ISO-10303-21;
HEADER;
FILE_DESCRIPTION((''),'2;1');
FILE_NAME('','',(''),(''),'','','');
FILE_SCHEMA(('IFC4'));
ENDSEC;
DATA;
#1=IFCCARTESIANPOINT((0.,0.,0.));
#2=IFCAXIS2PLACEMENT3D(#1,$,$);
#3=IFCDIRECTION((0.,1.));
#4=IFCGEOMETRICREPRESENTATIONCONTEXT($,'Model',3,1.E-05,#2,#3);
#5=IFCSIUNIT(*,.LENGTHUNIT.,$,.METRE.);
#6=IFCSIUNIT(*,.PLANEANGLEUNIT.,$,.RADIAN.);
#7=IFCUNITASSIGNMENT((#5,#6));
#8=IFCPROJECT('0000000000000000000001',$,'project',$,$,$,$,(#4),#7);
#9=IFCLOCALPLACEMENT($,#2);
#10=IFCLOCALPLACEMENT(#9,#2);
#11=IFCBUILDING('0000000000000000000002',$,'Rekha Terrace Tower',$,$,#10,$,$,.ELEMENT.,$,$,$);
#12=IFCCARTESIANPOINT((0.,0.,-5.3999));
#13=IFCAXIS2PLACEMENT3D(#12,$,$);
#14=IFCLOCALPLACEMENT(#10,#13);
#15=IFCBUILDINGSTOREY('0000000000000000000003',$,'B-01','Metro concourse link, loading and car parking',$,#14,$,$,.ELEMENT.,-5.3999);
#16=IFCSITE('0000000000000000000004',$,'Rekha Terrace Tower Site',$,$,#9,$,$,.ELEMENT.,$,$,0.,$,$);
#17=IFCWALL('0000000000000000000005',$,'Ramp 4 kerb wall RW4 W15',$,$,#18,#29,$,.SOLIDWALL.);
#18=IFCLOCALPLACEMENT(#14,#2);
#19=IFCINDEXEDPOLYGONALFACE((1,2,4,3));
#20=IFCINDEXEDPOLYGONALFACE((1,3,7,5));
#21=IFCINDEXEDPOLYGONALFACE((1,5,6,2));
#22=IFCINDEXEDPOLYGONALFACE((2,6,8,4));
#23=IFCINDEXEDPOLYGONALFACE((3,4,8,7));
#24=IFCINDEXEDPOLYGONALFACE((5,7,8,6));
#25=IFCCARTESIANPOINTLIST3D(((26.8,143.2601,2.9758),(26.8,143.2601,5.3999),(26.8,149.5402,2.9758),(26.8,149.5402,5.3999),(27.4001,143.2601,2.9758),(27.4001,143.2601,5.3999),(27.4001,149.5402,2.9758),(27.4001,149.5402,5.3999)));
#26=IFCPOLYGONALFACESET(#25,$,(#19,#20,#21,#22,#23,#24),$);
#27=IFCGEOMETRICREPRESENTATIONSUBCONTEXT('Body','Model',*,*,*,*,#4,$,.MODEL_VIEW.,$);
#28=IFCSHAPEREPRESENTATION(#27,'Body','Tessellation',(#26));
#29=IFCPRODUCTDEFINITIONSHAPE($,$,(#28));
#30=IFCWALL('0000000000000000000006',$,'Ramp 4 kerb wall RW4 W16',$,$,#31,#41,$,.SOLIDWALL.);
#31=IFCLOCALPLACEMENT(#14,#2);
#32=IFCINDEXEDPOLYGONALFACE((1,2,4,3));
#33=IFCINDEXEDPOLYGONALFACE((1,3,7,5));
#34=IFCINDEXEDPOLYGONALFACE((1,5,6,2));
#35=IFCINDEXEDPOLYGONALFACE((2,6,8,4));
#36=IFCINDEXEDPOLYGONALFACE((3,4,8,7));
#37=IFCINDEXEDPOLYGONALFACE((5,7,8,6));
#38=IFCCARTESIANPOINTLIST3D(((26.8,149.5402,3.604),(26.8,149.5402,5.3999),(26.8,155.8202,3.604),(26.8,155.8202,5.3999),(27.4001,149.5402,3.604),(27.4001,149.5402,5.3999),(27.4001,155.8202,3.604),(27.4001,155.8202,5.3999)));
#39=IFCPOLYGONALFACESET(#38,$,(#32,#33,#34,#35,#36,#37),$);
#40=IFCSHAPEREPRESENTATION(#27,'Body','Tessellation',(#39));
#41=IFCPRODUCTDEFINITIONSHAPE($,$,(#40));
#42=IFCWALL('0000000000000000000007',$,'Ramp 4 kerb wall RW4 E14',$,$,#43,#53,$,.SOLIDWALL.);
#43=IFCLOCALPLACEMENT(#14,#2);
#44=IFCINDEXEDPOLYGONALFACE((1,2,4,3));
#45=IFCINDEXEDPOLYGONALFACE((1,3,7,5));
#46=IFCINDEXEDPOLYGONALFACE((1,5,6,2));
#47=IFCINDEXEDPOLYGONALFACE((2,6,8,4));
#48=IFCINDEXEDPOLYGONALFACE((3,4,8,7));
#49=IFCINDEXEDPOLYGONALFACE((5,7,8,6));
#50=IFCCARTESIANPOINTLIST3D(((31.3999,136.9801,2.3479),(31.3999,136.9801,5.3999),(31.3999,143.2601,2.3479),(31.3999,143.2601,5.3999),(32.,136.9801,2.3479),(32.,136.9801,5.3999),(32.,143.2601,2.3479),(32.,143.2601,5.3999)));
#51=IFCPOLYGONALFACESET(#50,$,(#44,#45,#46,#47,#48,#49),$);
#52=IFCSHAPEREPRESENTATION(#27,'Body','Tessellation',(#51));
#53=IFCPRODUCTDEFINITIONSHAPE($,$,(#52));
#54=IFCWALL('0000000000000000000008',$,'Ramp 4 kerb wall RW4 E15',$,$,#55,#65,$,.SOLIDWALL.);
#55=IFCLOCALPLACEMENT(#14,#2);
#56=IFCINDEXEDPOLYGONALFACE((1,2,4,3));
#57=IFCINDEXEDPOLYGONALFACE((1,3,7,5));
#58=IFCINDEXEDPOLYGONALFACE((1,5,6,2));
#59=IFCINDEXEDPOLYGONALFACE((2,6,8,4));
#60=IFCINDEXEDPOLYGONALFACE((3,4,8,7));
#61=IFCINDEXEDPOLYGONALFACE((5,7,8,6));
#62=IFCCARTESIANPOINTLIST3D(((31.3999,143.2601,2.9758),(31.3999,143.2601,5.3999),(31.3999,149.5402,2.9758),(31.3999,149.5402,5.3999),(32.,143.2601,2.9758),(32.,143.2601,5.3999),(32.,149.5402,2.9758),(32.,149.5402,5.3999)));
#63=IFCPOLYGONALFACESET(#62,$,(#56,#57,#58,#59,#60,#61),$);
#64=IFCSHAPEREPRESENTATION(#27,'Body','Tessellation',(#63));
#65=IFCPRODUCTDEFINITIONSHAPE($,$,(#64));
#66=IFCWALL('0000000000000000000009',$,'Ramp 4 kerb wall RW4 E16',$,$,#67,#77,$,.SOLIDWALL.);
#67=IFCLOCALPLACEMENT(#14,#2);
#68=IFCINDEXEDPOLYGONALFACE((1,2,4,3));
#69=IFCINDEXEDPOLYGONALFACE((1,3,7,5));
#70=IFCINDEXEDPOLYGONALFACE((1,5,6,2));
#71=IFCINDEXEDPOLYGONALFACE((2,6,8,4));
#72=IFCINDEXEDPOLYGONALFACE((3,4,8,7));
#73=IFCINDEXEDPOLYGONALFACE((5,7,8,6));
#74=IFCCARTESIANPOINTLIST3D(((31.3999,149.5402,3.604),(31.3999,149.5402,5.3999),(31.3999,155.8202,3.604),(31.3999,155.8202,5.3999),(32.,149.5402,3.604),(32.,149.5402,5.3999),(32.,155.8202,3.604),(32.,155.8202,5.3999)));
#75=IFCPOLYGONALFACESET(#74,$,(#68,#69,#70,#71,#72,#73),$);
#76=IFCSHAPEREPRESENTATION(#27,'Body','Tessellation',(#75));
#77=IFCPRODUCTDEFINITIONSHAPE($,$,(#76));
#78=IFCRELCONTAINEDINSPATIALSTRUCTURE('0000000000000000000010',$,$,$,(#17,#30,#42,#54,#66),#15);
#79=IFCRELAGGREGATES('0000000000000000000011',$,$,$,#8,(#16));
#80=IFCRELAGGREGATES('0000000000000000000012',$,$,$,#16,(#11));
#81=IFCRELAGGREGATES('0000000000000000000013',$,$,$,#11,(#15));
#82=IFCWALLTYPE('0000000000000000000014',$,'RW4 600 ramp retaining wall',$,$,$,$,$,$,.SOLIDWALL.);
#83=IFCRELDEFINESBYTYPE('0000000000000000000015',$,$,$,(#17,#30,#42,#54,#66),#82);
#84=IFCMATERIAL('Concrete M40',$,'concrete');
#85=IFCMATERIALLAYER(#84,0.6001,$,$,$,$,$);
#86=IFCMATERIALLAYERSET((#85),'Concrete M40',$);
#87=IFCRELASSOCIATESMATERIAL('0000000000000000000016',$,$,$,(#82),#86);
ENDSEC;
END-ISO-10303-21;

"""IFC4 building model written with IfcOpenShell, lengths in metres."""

from ifc_helpers import new_model, si_unit, direction, frame, frame_2d, origin, place, context, subcontext, project, spatial, rectangle, extrude, material, layer, layer_set, type_object, element, save


model = new_model("IFC4")

# Units and contexts
model_context = context("Model", 3, precision=1e-05, world=origin(), true_north=direction((0.0, 1.0)))
body_context = subcontext(model_context, "Body", "Model", "MODEL_VIEW")
ifc_project = project(units=[si_unit("LENGTHUNIT", "METRE"), si_unit("PLANEANGLEUNIT", "RADIAN")], contexts=[model_context])

# Site, building, storey
site_placement = place(None, origin())
site = spatial("IfcSite", under=ifc_project, at=site_placement, Name="Rekha Terrace Tower Site", CompositionType="ELEMENT", RefElevation=0.0)
building_placement = place(site_placement, origin())
building = spatial("IfcBuilding", under=site, at=building_placement, Name="Rekha Terrace Tower", CompositionType="ELEMENT")
storey_placement = place(building_placement, frame((0.0, 0.0, -5.3999)))
storey = spatial("IfcBuildingStorey", under=building, at=storey_placement, Name="B-01", Description="Metro concourse link, loading and car parking", CompositionType="ELEMENT", Elevation=-5.3999)

# Shared definitions
ifc_material = material(Name="Concrete M40", Category="concrete")

# Walls
ifc_layer = layer(ifc_material, 0.6001)
ifc_layer_set = layer_set([ifc_layer], Name="Concrete M40")
wall_type = type_object("IfcWallType", Name="RW4 600 ramp retaining wall", PredefinedType="SOLIDWALL", material=ifc_layer_set)
wall_1_placement = place(storey_placement, frame((27.1001, 143.26, 2.9758), z_axis=(0.0, 0.0, 1.0), x_axis=(0.0, 1.0, 0.0)))
element("IfcWall", 1, at=wall_1_placement, inside=storey, type_object=wall_type, Name="Ramp 4 kerb wall RW4 W15", PredefinedType="SOLIDWALL", context=body_context, shape_type="SweptSolid", body=[
    extrude(rectangle(XDim=6.28, YDim=0.6001, at=frame_2d((3.1401, 0.0))), origin(), (0.0, 0.0, 1.0), 2.4241),
])
wall_2_placement = place(storey_placement, frame((27.1001, 149.54, 3.604), z_axis=(0.0, 0.0, 1.0), x_axis=(0.0, 1.0, 0.0)))
element("IfcWall", 2, at=wall_2_placement, inside=storey, type_object=wall_type, Name="Ramp 4 kerb wall RW4 W16", PredefinedType="SOLIDWALL", context=body_context, shape_type="SweptSolid", body=[
    extrude(rectangle(XDim=6.28, YDim=0.6001, at=frame_2d((3.1401, 0.0))), origin(), (0.0, 0.0, 1.0), 1.7959),
])
wall_3_placement = place(storey_placement, frame((31.7, 136.98, 2.3479), z_axis=(0.0, 0.0, 1.0), x_axis=(0.0, 1.0, 0.0)))
element("IfcWall", 3, at=wall_3_placement, inside=storey, type_object=wall_type, Name="Ramp 4 kerb wall RW4 E14", PredefinedType="SOLIDWALL", context=body_context, shape_type="SweptSolid", body=[
    extrude(rectangle(XDim=6.28, YDim=0.6001, at=frame_2d((3.1401, 0.0))), origin(), (0.0, 0.0, 1.0), 3.052),
])
wall_4_placement = place(storey_placement, frame((31.7, 143.26, 2.9758), z_axis=(0.0, 0.0, 1.0), x_axis=(0.0, 1.0, 0.0)))
element("IfcWall", 4, at=wall_4_placement, inside=storey, type_object=wall_type, Name="Ramp 4 kerb wall RW4 E15", PredefinedType="SOLIDWALL", context=body_context, shape_type="SweptSolid", body=[
    extrude(rectangle(XDim=6.28, YDim=0.6001, at=frame_2d((3.1401, 0.0))), origin(), (0.0, 0.0, 1.0), 2.4241),
])
wall_5_placement = place(storey_placement, frame((31.7, 149.54, 3.604), z_axis=(0.0, 0.0, 1.0), x_axis=(0.0, 1.0, 0.0)))
element("IfcWall", 5, at=wall_5_placement, inside=storey, type_object=wall_type, Name="Ramp 4 kerb wall RW4 E16", PredefinedType="SOLIDWALL", context=body_context, shape_type="SweptSolid", body=[
    extrude(rectangle(XDim=6.28, YDim=0.6001, at=frame_2d((3.1401, 0.0))), origin(), (0.0, 0.0, 1.0), 1.7959),
])

save(model, "model.ifc")
